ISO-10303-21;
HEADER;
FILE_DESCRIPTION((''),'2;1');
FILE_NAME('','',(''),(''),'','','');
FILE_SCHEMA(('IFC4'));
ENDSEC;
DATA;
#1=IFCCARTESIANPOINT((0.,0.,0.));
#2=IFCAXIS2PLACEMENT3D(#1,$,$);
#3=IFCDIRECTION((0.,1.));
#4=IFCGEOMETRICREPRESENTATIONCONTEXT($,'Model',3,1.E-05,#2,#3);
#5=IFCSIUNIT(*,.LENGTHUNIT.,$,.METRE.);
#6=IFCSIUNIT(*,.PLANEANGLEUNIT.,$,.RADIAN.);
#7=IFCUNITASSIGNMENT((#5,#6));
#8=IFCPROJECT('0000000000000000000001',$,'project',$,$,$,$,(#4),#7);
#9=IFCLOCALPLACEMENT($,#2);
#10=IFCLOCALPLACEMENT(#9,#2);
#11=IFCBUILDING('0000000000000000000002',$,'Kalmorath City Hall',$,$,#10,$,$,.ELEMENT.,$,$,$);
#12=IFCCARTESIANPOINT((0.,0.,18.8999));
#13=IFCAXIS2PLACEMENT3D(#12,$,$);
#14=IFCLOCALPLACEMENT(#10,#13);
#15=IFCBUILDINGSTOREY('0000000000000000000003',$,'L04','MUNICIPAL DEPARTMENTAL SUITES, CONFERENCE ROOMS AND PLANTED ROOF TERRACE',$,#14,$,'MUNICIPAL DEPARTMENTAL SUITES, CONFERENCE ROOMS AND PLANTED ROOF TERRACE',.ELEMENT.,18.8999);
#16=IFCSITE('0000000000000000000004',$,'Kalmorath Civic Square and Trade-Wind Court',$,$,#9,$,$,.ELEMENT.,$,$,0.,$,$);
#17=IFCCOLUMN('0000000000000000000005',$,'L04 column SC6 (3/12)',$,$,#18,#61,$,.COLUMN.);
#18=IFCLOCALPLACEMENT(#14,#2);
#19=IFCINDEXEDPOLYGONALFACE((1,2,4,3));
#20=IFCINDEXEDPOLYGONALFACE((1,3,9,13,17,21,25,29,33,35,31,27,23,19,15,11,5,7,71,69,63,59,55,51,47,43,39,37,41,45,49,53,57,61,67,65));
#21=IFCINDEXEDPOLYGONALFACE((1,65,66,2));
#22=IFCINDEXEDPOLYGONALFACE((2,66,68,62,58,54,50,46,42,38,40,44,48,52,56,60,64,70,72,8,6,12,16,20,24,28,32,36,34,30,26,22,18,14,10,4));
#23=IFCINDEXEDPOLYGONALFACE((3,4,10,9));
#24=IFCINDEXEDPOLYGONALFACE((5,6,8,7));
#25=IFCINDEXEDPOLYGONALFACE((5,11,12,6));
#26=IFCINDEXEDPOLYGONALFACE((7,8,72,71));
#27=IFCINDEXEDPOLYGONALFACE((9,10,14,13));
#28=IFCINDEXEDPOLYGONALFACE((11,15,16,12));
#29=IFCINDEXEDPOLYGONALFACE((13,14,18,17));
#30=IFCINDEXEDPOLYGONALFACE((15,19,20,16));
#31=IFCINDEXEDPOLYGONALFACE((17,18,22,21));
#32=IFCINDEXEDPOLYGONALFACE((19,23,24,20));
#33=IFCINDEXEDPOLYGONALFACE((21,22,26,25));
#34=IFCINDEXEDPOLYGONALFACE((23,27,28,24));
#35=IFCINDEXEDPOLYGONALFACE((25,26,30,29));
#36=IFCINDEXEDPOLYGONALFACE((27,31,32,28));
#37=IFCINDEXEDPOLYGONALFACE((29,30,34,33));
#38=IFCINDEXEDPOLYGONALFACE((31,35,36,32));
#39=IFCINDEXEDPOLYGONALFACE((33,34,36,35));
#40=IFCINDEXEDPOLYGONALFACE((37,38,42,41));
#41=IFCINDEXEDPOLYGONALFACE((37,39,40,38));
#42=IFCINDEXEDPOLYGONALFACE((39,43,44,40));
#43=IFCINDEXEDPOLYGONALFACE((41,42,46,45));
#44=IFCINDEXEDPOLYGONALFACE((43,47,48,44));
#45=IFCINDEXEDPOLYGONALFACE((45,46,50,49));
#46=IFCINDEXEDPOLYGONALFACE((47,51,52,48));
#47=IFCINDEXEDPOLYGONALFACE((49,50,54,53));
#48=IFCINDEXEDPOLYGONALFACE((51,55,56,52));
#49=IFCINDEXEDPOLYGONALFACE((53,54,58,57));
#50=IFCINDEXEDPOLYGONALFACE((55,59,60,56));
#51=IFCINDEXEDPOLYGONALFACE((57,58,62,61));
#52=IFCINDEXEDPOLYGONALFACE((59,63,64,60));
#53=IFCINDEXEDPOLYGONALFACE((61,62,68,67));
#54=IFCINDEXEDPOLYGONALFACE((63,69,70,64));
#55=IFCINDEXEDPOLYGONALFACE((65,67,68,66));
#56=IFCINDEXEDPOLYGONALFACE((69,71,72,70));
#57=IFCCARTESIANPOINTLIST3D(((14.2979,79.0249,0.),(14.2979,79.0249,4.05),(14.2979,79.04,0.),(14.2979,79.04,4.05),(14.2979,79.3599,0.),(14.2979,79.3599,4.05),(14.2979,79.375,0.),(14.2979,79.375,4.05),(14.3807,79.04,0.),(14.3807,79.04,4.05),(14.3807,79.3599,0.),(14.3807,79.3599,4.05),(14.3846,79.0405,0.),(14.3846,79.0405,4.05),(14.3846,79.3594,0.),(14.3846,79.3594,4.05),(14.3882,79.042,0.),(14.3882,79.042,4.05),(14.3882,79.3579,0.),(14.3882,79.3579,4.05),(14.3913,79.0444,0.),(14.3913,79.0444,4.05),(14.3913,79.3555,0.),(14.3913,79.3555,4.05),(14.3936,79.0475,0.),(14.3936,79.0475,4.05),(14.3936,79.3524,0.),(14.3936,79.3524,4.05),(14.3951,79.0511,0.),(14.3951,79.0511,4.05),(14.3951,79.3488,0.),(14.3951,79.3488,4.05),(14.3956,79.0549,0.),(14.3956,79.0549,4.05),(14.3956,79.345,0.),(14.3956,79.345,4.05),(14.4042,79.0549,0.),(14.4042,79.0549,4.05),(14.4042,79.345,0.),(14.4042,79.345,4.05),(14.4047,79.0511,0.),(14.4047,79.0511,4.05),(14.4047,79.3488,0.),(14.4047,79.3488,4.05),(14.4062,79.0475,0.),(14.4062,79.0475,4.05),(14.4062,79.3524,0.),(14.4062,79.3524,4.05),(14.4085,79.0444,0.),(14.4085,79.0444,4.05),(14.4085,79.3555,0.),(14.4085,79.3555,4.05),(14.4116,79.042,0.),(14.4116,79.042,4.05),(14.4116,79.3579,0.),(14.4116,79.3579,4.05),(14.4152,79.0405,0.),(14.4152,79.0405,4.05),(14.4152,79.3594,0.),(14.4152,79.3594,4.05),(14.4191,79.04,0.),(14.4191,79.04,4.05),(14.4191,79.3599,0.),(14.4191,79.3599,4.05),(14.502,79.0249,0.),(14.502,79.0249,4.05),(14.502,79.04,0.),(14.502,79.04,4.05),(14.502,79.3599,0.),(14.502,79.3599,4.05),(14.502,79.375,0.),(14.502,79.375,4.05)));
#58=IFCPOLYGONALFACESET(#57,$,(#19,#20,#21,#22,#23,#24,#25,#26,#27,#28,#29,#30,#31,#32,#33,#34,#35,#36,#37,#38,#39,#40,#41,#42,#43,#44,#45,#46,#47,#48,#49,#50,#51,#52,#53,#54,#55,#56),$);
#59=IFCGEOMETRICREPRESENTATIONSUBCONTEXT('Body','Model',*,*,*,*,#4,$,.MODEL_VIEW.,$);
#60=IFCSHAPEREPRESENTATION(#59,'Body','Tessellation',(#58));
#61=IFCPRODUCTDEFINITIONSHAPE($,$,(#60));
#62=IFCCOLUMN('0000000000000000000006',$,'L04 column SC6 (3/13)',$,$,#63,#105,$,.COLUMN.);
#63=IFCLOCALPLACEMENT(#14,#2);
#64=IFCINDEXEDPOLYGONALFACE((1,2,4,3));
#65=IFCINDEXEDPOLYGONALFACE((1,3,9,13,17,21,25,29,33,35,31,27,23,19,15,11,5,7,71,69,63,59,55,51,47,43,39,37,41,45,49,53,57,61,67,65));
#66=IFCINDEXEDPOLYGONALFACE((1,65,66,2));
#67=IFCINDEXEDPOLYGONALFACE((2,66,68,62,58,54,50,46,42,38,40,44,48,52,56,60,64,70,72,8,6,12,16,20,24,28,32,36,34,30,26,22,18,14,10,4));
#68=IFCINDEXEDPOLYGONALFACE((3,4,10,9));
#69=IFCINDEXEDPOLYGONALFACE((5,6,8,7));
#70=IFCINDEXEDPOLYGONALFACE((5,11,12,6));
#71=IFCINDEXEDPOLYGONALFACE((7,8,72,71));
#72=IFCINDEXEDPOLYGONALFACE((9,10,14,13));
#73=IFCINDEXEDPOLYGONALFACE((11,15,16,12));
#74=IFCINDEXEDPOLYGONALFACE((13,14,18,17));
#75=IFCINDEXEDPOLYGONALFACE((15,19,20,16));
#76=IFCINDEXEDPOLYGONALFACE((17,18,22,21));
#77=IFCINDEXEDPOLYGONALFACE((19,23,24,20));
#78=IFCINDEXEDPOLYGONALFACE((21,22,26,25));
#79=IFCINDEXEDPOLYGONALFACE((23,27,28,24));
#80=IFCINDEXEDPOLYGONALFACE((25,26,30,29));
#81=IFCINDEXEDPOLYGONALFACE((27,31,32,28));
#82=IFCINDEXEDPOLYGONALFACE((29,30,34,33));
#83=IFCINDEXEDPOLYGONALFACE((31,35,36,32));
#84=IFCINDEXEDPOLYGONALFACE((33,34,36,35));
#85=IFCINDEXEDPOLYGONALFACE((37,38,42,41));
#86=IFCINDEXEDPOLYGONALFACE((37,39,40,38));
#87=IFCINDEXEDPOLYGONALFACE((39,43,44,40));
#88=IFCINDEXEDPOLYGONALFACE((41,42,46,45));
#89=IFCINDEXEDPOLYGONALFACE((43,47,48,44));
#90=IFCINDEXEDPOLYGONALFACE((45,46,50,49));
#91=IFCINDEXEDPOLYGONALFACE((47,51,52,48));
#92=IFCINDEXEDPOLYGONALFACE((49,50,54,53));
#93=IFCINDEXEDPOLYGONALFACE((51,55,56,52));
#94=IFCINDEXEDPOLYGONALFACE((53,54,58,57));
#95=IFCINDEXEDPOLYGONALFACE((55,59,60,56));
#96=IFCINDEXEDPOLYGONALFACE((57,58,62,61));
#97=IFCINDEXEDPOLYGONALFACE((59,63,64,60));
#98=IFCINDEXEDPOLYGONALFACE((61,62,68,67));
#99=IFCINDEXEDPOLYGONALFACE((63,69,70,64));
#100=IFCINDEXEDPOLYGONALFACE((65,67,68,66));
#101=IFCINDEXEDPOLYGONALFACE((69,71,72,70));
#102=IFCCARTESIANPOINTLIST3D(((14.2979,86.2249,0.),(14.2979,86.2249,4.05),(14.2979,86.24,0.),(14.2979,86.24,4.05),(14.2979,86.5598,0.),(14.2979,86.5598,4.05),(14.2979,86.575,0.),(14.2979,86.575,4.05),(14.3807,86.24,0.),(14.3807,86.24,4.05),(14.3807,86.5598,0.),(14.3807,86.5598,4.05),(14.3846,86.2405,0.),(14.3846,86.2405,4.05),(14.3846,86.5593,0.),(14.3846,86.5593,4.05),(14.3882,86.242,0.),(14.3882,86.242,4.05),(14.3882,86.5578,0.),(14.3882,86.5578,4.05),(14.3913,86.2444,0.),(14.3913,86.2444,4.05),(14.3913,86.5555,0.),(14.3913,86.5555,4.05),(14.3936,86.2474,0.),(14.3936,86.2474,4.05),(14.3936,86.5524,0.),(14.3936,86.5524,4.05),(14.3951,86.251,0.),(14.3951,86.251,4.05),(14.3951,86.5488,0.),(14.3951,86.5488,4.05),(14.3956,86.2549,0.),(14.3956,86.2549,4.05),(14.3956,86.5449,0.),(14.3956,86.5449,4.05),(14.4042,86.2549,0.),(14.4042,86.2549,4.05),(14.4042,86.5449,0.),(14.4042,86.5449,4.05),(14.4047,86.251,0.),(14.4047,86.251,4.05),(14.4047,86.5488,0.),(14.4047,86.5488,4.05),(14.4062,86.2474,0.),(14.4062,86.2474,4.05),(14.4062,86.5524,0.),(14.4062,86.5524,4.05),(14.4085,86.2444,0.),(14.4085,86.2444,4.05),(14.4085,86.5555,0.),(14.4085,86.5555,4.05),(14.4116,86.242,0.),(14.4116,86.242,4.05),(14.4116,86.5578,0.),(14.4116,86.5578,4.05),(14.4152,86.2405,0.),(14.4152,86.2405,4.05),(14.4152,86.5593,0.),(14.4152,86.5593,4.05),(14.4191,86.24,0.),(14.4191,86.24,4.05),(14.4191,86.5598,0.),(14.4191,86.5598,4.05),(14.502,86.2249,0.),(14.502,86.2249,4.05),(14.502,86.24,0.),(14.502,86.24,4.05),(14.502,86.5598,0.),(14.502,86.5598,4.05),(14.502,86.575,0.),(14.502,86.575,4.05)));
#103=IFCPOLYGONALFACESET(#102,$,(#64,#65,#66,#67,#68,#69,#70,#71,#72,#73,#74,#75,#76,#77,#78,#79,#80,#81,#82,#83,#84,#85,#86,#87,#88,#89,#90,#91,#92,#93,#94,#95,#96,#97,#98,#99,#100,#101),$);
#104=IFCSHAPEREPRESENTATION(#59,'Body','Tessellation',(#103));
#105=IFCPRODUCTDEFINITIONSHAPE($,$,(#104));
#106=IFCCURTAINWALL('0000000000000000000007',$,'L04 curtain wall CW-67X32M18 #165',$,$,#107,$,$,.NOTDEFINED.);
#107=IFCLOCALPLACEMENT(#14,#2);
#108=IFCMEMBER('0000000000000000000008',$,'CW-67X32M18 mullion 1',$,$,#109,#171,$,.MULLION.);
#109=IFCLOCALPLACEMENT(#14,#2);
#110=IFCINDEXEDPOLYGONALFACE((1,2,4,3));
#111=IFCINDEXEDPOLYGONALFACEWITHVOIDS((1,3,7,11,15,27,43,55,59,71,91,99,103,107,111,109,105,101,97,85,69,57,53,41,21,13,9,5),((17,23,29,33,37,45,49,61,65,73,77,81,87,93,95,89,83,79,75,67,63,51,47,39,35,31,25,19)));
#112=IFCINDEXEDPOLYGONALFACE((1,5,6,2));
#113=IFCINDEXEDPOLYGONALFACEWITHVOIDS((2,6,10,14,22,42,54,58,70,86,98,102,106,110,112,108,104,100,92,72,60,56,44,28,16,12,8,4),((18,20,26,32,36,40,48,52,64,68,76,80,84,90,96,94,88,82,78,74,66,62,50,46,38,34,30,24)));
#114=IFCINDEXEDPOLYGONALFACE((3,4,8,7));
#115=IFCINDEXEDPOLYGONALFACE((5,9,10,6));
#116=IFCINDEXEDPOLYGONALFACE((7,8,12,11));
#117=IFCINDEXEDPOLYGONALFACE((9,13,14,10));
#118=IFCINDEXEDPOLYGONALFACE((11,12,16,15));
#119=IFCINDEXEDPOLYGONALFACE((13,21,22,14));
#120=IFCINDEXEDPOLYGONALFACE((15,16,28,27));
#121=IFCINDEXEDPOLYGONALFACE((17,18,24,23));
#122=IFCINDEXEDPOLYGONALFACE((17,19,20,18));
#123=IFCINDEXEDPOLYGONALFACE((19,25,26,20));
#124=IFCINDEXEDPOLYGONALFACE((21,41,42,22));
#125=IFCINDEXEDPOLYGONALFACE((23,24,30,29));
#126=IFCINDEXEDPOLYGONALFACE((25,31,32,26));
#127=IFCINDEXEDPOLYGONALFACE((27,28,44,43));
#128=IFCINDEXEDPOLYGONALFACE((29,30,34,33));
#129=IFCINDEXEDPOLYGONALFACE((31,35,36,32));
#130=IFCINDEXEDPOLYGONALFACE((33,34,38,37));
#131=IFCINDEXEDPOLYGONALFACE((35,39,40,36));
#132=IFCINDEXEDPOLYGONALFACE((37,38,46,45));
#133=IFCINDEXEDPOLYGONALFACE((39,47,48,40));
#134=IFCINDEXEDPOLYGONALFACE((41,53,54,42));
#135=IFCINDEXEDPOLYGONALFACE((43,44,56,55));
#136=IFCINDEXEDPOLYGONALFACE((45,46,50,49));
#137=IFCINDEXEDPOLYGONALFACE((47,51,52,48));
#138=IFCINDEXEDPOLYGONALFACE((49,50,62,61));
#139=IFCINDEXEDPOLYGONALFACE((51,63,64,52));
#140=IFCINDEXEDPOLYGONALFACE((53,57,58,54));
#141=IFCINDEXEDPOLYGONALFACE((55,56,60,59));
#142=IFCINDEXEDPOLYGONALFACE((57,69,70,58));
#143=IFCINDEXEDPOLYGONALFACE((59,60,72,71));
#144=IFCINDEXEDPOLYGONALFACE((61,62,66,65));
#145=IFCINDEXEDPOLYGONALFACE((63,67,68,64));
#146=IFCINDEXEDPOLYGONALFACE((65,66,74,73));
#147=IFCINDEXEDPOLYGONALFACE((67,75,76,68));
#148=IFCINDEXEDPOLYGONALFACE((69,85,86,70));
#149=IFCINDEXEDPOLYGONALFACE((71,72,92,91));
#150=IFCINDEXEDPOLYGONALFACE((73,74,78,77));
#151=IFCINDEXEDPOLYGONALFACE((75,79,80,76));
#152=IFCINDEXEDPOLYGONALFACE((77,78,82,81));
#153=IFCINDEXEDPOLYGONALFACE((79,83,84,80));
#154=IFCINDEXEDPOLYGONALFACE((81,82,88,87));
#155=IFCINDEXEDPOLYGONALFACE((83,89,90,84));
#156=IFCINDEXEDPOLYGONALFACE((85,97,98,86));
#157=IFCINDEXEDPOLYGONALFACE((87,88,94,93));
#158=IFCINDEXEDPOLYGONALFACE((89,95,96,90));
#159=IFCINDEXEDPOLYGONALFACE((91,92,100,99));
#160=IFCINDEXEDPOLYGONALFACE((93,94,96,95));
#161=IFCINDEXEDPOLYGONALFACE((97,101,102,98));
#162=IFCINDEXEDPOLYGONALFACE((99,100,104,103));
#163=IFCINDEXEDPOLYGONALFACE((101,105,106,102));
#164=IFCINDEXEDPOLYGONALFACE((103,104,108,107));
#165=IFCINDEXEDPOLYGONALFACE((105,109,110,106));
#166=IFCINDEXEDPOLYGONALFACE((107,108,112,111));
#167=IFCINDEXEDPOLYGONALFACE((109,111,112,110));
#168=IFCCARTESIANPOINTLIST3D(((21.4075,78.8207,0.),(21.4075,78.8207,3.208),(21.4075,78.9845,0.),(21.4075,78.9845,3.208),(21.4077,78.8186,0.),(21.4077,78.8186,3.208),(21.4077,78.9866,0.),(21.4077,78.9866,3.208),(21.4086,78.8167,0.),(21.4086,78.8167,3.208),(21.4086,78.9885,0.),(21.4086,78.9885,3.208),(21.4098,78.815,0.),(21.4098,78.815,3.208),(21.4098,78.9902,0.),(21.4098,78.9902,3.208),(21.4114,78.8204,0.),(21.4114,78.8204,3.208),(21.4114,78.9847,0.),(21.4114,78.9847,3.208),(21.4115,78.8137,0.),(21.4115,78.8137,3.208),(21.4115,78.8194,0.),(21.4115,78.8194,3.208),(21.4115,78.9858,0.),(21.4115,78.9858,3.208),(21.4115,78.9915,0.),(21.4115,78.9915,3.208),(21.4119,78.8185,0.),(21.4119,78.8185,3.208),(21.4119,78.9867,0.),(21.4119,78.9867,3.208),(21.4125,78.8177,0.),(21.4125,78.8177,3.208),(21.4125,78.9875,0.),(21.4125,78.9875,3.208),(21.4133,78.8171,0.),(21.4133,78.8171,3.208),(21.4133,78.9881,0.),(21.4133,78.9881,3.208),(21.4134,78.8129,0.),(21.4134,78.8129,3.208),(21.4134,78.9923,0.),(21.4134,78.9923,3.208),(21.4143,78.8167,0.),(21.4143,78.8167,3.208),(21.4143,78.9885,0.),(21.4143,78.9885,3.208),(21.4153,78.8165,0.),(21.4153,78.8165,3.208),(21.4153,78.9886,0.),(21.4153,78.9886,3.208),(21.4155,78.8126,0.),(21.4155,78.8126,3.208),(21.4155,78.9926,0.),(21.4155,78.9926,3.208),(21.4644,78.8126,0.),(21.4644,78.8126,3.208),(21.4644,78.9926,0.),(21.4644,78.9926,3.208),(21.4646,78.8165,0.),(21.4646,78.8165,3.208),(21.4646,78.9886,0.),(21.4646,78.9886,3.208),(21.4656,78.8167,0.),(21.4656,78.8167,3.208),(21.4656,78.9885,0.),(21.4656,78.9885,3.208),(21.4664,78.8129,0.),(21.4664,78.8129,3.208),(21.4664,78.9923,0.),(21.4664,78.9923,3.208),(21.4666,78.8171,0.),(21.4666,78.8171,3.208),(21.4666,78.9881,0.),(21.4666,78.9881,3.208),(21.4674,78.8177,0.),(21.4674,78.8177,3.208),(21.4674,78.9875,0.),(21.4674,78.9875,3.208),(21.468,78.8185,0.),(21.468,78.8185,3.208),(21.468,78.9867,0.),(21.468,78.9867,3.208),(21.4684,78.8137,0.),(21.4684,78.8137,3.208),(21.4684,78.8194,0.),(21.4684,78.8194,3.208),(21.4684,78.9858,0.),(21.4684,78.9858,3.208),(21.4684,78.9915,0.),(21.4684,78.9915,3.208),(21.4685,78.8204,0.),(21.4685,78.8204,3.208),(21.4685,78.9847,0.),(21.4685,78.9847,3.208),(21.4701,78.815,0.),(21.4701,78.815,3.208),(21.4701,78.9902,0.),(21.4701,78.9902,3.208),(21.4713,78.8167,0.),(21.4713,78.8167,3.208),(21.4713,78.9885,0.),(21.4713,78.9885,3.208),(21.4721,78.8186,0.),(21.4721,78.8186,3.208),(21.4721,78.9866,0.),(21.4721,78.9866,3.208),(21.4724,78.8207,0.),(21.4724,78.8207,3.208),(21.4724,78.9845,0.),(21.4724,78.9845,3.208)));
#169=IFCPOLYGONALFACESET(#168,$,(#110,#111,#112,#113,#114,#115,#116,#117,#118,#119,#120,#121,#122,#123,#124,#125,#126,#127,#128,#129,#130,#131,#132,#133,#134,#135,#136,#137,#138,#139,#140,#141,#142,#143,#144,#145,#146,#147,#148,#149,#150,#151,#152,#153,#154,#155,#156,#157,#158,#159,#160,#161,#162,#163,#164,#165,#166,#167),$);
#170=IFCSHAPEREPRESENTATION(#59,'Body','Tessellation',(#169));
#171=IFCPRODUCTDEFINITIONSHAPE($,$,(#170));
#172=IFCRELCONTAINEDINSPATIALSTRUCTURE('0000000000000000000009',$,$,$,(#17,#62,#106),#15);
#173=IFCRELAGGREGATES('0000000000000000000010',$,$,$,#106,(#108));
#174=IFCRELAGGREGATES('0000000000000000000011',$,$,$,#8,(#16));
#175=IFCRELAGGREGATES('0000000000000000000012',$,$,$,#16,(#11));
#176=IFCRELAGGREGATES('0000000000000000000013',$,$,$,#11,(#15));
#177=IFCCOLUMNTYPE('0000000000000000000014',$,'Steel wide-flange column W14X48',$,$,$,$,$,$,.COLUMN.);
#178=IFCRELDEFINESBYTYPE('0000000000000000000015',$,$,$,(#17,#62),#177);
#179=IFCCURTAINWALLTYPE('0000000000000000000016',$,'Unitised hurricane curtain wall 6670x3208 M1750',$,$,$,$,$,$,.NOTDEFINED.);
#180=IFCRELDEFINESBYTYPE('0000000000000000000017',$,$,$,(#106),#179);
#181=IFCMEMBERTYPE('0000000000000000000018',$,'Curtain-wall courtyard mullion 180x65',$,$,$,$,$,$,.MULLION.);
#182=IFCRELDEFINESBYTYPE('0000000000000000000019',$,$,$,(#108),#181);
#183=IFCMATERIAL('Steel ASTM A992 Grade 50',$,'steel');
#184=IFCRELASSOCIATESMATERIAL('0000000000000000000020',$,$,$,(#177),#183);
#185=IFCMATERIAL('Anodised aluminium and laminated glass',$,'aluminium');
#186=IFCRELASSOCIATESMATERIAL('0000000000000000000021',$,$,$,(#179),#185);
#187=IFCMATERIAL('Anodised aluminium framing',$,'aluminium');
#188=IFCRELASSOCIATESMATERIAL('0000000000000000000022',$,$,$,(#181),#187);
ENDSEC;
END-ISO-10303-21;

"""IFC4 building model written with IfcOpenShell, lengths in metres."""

from ifc_helpers import new_model, si_unit, direction, frame, origin, origin_2d, place, context, subcontext, project, spatial, hollow_rectangle, i_section, extrude, material, material_profile, profile_set, type_object, element, aggregate, save


model = new_model("IFC4")

# Units and contexts
model_context = context("Model", 3, precision=1e-05, world=origin(), true_north=direction((0.0, 1.0)))
body_context = subcontext(model_context, "Body", "Model", "MODEL_VIEW")
ifc_project = project(units=[si_unit("LENGTHUNIT", "METRE"), si_unit("PLANEANGLEUNIT", "RADIAN")], contexts=[model_context])

# Site, building, storey
site_placement = place(None, origin())
site = spatial("IfcSite", under=ifc_project, at=site_placement, Name="Kalmorath Civic Square and Trade-Wind Court", CompositionType="ELEMENT", RefElevation=0.0)
building_placement = place(site_placement, origin())
building = spatial("IfcBuilding", under=site, at=building_placement, Name="Kalmorath City Hall", CompositionType="ELEMENT")
storey_placement = place(building_placement, frame((0.0, 0.0, 18.8999)))
storey = spatial("IfcBuildingStorey", under=building, at=storey_placement, Name="L04", Description="MUNICIPAL DEPARTMENTAL SUITES, CONFERENCE ROOMS AND PLANTED ROOF TERRACE", LongName="MUNICIPAL DEPARTMENTAL SUITES, CONFERENCE ROOMS AND PLANTED ROOF TERRACE", CompositionType="ELEMENT", Elevation=18.8999)

# Columns
ifc_material_1 = material(Name="Steel ASTM A992 Grade 50", Category="steel")
ifc_material_profile_1 = material_profile(ifc_material_1, i_section(OverallWidth=0.2041, OverallDepth=0.3501, WebThickness=0.0085, FlangeThickness=0.0151, FilletRadius=0.0149, at=origin_2d()), Name="W14X48")
ifc_profile_set_1 = profile_set([ifc_material_profile_1], Name="Steel ASTM A992 Grade 50")
column_type = type_object("IfcColumnType", Name="Steel wide-flange column W14X48", PredefinedType="COLUMN", material=ifc_profile_set_1)
for number, where, z_axis, x_axis, name in (
    (1, (14.3999, 79.2, 0.0), (0.0, 0.0, 1.0), (1.0, 0.0, 0.0), "L04 column SC6 (3/12)"),
    (2, (14.3999, 86.3999, 0.0), (0.0, 0.0, 1.0), (1.0, 0.0, 0.0), "L04 column SC6 (3/13)"),
):
    element("IfcColumn", number, at=place(storey_placement, frame(where, z_axis=z_axis, x_axis=x_axis)), inside=storey, type_object=column_type, Name=name, PredefinedType="COLUMN", context=body_context, shape_type="SweptSolid", body=[
        extrude(i_section(OverallWidth=0.2041, OverallDepth=0.3501, WebThickness=0.0085, FlangeThickness=0.0151, FilletRadius=0.0149, at=origin_2d()), origin(), (0.0, 0.0, 1.0), 4.05),
    ])

# Curtain wall, member
ifc_material_2 = material(Name="Anodised aluminium and laminated glass", Category="aluminium")
curtain_wall_type = type_object("IfcCurtainWallType", Name="Unitised hurricane curtain wall 6670x3208 M1750", PredefinedType="NOTDEFINED", material=ifc_material_2)
curtain_wall_placement = place(storey_placement, origin())
curtain_wall = element("IfcCurtainWall", 3, at=curtain_wall_placement, inside=storey, type_object=curtain_wall_type, Name="L04 curtain wall CW-67X32M18 #165", PredefinedType="NOTDEFINED")
ifc_material_3 = material(Name="Anodised aluminium framing", Category="aluminium")
ifc_material_profile_2 = material_profile(ifc_material_3, hollow_rectangle(XDim=0.0649, YDim=0.1799, WallThickness=0.0039, InnerFilletRadius=0.0039, OuterFilletRadius=0.0081, at=origin_2d()), Name="ALU-MUL-180X65X4")
ifc_profile_set_2 = profile_set([ifc_material_profile_2], Name="Anodised aluminium framing")
member_type_1 = type_object("IfcMemberType", Name="Curtain-wall courtyard mullion 180x65", PredefinedType="MULLION", material=ifc_profile_set_2)
member_1_placement = place(storey_placement, frame((21.4399, 78.9026, 0.0), z_axis=(0.0, 0.0, 1.0), x_axis=(1.0, 0.0, 0.0)))
member_1 = element("IfcMember", 4, at=member_1_placement, type_object=member_type_1, Name="CW-67X32M18 mullion 1", PredefinedType="MULLION", context=body_context, shape_type="SweptSolid", body=[
    extrude(hollow_rectangle(XDim=0.0649, YDim=0.1799, WallThickness=0.0039, InnerFilletRadius=0.0039, OuterFilletRadius=0.0081, at=origin_2d()), origin(), (0.0, 0.0, 1.0), 3.208),
])

aggregate(curtain_wall, [member_1])

save(model, "model.ifc")
